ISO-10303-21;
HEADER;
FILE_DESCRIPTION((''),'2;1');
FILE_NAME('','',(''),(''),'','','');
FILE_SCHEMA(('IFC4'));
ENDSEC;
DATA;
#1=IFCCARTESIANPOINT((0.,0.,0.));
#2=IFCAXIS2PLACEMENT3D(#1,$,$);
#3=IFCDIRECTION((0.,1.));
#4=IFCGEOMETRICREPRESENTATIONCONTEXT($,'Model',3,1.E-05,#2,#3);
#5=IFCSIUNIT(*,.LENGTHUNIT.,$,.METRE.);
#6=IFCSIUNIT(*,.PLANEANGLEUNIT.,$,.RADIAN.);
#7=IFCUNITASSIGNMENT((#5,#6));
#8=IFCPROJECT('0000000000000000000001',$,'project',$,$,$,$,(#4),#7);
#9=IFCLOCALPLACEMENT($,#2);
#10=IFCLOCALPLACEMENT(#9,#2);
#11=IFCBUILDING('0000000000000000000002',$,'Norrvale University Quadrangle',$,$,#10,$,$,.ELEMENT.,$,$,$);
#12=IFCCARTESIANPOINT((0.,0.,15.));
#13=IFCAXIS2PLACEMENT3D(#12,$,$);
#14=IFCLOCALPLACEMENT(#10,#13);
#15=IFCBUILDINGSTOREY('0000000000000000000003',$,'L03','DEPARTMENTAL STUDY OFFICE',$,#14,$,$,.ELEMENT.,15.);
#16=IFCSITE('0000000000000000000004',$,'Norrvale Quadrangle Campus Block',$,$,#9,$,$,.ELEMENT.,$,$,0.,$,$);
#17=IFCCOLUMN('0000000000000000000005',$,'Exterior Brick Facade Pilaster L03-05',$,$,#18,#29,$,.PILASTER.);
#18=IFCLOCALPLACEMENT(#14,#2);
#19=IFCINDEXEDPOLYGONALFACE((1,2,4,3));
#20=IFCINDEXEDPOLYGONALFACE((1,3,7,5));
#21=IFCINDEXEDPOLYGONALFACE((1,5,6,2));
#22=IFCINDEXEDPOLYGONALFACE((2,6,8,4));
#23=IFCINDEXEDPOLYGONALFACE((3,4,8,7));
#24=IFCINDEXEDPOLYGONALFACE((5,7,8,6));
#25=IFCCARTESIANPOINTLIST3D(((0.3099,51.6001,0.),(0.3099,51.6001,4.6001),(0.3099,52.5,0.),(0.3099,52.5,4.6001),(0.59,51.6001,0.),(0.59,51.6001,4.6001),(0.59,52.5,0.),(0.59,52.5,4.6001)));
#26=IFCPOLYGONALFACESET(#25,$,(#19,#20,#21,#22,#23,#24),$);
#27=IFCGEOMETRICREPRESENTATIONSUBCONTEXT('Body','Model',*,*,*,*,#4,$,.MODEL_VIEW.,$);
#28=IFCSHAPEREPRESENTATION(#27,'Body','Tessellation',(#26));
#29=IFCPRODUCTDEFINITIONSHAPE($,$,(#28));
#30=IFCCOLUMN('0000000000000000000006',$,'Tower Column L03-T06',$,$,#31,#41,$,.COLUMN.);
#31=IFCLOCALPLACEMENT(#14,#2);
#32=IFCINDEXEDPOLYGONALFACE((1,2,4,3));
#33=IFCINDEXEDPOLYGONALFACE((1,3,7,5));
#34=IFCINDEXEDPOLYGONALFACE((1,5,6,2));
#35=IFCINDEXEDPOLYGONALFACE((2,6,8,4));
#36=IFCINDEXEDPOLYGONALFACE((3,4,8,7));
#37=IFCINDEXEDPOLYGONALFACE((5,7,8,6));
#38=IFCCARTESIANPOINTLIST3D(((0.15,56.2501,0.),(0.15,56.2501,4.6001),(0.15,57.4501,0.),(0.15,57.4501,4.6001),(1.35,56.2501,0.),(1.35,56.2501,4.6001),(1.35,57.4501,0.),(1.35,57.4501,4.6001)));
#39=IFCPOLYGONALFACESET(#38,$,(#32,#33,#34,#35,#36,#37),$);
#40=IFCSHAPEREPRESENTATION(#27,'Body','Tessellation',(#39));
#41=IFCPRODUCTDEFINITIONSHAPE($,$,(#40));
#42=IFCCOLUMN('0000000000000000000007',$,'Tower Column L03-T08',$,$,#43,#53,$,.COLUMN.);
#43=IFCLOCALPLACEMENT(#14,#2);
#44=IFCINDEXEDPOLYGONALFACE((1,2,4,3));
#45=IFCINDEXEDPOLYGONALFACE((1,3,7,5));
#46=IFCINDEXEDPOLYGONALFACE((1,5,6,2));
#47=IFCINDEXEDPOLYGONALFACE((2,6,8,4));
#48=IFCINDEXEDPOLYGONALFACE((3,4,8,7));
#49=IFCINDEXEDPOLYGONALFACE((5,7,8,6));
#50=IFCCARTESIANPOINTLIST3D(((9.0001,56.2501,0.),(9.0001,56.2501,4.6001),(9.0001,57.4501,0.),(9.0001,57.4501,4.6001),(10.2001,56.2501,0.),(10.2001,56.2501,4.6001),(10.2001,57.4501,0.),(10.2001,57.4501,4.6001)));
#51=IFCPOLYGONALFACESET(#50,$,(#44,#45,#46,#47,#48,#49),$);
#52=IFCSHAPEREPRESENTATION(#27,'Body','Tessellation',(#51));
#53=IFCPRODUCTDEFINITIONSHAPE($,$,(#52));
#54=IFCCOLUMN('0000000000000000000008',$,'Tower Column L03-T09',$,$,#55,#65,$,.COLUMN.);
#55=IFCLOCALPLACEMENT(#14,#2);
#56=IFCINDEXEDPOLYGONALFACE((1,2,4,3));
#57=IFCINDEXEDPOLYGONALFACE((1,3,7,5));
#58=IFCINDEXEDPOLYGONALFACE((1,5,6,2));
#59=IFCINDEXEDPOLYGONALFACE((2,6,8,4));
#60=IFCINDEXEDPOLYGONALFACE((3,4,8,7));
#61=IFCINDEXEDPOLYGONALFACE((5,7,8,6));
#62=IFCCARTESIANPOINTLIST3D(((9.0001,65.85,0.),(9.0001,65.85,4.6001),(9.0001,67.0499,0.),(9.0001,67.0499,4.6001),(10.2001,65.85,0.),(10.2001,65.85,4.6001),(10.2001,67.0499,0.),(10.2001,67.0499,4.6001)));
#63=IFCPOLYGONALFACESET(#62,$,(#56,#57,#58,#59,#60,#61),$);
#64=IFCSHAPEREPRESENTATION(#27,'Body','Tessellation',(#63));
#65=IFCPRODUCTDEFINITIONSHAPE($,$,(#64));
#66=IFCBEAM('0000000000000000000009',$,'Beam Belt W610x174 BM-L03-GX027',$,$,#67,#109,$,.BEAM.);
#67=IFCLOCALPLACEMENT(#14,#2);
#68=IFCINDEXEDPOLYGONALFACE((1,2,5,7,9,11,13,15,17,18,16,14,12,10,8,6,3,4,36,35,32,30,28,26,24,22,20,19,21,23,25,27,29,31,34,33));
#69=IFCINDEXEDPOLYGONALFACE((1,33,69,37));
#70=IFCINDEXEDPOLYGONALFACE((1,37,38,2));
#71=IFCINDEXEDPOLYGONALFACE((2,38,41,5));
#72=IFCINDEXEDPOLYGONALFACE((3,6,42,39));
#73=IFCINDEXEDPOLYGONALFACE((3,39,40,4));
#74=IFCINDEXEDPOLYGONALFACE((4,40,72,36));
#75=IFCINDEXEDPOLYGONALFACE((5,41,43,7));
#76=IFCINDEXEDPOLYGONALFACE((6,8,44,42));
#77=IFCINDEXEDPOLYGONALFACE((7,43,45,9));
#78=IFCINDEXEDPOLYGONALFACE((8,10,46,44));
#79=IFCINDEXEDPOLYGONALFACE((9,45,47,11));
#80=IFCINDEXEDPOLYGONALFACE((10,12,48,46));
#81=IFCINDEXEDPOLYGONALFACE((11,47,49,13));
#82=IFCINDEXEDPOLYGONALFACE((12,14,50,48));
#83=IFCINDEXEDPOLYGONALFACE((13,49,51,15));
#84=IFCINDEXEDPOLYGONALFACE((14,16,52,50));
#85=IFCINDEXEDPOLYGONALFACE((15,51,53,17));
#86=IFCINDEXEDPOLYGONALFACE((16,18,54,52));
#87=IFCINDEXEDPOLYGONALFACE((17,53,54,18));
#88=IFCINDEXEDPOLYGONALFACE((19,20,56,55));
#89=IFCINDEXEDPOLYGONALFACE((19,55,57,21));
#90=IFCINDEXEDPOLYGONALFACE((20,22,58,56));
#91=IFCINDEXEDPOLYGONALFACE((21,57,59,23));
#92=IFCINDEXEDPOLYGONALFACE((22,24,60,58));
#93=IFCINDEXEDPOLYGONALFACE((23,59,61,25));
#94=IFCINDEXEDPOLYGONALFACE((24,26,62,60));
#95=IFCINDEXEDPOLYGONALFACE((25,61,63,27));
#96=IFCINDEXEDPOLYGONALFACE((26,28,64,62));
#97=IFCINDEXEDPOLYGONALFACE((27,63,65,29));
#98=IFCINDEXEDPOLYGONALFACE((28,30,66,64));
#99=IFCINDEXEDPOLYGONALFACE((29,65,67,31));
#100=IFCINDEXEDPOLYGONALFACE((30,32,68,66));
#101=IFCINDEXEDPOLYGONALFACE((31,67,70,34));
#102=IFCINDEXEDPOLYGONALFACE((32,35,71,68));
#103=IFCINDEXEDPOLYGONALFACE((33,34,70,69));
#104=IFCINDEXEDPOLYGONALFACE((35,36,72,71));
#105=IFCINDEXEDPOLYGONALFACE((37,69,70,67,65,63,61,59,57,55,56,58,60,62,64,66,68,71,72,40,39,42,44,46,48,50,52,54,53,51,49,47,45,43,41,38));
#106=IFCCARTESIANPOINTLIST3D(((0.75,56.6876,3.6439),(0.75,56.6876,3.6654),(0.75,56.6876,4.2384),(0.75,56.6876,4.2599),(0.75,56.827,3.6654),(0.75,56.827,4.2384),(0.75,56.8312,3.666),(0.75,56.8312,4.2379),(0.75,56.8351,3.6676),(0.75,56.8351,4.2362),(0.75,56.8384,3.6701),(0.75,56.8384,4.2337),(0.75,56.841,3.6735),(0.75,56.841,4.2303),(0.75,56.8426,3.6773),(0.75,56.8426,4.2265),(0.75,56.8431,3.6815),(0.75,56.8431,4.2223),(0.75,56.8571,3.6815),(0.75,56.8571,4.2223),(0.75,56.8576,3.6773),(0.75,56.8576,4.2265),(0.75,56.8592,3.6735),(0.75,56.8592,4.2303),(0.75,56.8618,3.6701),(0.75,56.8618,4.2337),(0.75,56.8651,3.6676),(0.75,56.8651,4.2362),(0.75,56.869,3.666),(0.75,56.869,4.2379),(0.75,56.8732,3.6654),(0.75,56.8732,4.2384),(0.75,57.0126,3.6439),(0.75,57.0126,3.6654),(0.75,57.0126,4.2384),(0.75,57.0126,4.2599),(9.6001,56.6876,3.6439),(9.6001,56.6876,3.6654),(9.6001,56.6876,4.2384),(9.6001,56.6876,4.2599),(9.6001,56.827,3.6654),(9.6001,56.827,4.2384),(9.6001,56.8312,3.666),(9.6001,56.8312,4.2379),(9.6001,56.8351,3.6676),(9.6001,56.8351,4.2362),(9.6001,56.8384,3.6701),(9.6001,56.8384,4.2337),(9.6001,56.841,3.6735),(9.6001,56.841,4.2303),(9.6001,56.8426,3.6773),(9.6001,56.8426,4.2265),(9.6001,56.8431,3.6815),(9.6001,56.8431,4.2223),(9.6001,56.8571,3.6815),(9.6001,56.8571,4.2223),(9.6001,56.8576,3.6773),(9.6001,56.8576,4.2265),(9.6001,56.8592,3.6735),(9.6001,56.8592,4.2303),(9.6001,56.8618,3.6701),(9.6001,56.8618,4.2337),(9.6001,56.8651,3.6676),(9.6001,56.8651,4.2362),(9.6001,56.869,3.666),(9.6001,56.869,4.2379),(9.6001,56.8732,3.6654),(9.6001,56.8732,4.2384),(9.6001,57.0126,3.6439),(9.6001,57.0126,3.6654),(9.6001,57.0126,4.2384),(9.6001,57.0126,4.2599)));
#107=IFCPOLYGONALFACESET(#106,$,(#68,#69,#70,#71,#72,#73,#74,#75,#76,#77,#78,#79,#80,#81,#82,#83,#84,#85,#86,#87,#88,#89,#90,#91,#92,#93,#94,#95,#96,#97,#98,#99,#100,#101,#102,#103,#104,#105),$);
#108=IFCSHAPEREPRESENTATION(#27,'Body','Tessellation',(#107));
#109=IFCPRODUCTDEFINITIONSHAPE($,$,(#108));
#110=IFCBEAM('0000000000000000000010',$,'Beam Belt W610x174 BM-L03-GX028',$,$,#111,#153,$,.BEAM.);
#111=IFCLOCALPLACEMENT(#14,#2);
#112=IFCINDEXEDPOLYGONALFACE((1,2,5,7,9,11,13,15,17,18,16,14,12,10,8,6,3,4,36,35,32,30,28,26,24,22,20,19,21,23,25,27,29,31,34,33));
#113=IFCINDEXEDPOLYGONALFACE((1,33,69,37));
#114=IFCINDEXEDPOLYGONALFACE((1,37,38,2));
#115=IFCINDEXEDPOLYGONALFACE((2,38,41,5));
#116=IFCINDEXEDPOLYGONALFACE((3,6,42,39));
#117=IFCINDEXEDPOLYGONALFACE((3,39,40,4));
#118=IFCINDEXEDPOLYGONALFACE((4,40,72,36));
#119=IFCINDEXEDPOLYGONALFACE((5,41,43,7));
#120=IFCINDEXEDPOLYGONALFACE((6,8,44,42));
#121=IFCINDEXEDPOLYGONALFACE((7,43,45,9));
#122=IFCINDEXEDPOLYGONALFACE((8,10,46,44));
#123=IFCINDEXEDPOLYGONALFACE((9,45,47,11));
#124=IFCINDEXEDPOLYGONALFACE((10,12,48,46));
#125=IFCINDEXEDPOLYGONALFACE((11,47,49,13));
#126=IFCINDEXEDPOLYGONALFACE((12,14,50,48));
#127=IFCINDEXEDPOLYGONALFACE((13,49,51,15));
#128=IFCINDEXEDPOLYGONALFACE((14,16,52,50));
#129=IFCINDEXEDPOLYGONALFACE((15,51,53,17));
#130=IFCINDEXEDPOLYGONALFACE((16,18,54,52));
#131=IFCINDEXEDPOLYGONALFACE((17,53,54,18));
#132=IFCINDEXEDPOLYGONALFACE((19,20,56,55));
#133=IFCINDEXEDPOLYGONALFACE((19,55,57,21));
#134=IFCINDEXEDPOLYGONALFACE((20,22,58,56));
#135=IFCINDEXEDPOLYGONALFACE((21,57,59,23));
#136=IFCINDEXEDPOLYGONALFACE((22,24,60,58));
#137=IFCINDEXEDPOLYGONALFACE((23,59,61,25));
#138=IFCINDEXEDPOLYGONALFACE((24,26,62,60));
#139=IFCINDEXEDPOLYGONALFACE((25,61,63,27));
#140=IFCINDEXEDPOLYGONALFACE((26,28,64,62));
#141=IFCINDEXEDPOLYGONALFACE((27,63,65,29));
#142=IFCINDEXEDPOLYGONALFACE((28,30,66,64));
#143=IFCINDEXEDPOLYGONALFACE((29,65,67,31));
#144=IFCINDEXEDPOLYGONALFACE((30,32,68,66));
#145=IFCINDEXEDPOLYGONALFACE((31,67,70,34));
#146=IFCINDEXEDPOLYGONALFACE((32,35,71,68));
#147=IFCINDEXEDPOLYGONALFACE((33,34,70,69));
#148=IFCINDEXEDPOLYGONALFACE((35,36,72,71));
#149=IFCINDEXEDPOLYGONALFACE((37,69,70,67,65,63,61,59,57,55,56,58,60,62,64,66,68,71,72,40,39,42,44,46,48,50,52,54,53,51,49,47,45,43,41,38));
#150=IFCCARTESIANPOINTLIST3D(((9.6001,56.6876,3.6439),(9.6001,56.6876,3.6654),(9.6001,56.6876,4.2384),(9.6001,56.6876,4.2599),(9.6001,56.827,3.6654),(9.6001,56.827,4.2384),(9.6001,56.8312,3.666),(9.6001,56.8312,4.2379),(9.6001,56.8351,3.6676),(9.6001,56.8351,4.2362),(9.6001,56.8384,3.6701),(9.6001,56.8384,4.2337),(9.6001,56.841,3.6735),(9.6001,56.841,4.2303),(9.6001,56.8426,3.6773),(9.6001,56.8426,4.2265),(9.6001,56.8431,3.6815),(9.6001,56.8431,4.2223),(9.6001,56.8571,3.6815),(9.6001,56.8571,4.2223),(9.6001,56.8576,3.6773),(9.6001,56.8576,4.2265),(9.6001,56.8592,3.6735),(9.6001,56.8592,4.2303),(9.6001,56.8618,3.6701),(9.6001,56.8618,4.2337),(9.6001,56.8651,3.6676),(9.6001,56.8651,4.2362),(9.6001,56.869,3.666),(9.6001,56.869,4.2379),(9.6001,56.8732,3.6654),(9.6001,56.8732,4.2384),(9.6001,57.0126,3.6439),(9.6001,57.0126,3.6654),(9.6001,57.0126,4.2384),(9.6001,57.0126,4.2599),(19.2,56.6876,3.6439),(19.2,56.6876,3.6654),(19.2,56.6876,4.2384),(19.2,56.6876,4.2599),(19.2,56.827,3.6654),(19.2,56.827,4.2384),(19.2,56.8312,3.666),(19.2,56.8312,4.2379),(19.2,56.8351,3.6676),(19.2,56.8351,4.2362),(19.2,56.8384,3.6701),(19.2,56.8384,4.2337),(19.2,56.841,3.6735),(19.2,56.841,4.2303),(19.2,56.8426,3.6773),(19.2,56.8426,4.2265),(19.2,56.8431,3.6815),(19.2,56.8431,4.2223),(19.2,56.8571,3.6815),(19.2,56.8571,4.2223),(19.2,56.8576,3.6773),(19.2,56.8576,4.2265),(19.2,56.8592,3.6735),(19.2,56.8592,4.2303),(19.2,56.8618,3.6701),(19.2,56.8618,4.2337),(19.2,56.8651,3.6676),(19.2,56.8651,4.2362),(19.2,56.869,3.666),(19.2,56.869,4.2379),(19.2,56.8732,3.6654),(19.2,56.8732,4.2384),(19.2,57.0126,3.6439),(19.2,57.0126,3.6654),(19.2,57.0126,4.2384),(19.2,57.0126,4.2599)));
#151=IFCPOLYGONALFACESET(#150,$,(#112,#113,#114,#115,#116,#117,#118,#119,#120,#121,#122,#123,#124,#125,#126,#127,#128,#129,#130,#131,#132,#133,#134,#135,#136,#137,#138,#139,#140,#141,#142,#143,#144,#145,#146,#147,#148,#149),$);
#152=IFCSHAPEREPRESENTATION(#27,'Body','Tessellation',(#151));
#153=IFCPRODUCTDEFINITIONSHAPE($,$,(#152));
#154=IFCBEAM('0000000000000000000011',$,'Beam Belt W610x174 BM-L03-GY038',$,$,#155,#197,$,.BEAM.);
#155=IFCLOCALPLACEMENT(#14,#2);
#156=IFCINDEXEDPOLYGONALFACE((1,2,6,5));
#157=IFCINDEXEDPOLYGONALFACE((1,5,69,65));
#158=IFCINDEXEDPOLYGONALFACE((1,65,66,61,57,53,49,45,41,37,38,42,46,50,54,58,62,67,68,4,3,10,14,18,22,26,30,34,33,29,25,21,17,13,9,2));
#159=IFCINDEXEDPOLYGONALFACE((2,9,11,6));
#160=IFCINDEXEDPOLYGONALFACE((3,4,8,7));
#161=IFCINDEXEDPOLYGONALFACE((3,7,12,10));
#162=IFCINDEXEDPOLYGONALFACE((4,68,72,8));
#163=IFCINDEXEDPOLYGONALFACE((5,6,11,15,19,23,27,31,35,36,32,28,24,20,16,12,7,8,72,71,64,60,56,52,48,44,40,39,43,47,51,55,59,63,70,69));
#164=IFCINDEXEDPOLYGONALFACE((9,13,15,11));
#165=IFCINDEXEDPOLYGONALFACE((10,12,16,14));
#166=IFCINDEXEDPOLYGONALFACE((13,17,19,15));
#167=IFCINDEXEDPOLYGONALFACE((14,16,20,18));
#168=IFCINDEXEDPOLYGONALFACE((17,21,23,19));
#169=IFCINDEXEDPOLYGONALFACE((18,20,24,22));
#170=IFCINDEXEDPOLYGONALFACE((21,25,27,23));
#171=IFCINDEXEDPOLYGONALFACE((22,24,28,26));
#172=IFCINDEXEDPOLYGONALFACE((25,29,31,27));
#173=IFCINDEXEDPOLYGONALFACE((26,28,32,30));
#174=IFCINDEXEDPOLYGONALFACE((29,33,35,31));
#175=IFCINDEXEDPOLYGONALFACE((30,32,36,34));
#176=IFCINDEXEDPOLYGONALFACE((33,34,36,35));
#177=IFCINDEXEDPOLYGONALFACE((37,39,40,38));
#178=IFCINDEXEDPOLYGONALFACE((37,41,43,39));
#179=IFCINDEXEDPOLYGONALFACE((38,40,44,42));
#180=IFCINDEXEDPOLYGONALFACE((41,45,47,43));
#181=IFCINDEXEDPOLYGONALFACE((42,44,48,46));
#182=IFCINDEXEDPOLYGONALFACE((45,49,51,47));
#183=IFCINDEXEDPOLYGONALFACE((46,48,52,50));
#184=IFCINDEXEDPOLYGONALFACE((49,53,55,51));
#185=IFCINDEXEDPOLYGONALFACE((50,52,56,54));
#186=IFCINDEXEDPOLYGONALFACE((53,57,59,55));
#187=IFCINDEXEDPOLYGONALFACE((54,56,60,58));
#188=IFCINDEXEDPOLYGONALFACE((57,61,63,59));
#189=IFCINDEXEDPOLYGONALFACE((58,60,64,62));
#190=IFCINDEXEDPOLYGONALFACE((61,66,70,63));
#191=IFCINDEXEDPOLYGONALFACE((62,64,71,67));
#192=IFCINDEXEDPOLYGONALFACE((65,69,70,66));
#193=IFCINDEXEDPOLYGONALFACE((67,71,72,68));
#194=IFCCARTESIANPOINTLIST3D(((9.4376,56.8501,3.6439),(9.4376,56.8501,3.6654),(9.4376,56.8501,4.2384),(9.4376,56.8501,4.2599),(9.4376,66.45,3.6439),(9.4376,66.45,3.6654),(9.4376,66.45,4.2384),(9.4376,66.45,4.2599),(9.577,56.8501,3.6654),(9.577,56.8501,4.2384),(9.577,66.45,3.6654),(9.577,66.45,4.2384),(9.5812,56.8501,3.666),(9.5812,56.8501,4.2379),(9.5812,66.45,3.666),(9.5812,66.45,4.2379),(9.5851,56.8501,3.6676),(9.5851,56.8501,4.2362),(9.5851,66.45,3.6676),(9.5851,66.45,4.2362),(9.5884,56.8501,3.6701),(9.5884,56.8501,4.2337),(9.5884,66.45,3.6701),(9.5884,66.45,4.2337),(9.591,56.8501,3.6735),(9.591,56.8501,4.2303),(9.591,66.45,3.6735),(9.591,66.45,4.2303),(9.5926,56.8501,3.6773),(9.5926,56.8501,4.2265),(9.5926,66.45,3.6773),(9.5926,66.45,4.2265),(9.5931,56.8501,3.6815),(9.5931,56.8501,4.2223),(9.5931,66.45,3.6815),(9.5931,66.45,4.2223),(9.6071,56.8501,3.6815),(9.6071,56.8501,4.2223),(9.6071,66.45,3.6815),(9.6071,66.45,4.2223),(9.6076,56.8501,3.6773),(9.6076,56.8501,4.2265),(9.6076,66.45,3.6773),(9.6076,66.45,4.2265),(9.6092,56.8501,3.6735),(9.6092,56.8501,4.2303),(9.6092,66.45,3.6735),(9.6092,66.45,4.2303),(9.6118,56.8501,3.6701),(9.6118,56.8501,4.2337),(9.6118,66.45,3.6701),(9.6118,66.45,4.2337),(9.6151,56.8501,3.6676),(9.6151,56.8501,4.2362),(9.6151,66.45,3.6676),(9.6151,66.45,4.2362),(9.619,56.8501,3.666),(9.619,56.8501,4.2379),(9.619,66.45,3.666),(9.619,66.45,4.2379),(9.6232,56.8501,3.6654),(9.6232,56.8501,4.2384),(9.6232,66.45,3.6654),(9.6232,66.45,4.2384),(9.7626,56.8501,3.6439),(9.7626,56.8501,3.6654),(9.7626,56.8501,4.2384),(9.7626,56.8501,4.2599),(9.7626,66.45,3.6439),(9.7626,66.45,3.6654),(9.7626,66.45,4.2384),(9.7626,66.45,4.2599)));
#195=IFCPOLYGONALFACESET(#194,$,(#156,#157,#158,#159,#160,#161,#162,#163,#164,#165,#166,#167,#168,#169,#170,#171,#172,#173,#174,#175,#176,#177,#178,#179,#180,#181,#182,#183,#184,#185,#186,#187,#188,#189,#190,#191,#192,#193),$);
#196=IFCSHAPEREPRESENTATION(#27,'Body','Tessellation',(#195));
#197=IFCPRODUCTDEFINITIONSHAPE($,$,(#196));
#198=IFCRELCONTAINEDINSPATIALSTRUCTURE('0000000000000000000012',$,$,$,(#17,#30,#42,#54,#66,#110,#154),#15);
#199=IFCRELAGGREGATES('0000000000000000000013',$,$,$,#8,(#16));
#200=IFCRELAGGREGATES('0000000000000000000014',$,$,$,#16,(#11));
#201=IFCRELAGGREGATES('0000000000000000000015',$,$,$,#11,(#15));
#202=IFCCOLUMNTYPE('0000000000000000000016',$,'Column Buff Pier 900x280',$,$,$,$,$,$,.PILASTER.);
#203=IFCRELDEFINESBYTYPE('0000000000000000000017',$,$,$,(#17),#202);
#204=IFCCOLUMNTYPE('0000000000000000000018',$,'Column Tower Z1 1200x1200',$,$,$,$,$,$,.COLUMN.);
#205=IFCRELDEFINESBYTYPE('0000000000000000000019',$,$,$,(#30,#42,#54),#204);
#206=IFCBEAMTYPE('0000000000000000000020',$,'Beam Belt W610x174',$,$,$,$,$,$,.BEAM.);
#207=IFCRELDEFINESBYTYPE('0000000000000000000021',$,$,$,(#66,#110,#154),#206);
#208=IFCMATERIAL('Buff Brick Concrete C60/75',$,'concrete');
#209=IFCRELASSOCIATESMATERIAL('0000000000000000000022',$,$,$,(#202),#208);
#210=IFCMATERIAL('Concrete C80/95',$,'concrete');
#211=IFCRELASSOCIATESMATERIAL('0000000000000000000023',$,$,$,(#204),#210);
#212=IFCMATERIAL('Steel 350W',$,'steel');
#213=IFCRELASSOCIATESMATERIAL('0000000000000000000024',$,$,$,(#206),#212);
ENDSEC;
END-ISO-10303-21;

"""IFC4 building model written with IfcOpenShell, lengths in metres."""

from ifc_helpers import new_model, si_unit, direction, frame, origin, origin_2d, place, context, subcontext, project, spatial, rectangle, i_section, extrude, material, material_profile, profile_set, type_object, element, save


model = new_model("IFC4")

# Units and contexts
model_context = context("Model", 3, precision=1e-05, world=origin(), true_north=direction((0.0, 1.0)))
body_context = subcontext(model_context, "Body", "Model", "MODEL_VIEW")
ifc_project = project(units=[si_unit("LENGTHUNIT", "METRE"), si_unit("PLANEANGLEUNIT", "RADIAN")], contexts=[model_context])

# Site, building, storey
site_placement = place(None, origin())
site = spatial("IfcSite", under=ifc_project, at=site_placement, Name="Norrvale Quadrangle Campus Block", CompositionType="ELEMENT", RefElevation=0.0)
building_placement = place(site_placement, origin())
building = spatial("IfcBuilding", under=site, at=building_placement, Name="Norrvale University Quadrangle", CompositionType="ELEMENT")
storey_placement = place(building_placement, frame((0.0, 0.0, 15.0)))
storey = spatial("IfcBuildingStorey", under=building, at=storey_placement, Name="L03", Description="DEPARTMENTAL STUDY OFFICE", CompositionType="ELEMENT", Elevation=15.0)

# Columns
ifc_material_1 = material(Name="Buff Brick Concrete C60/75", Category="concrete")
ifc_material_profile_1 = material_profile(ifc_material_1, rectangle(XDim=0.8999, YDim=0.28, at=origin_2d()), Name="Buff Brick Concrete C60/75")
ifc_profile_set_1 = profile_set([ifc_material_profile_1], Name="Buff Brick Concrete C60/75")
column_type_1 = type_object("IfcColumnType", Name="Column Buff Pier 900x280", PredefinedType="PILASTER", material=ifc_profile_set_1)
column_placement = place(storey_placement, frame((0.45, 52.05, 0.0), z_axis=(0.0, 0.0, 1.0), x_axis=(0.0, 1.0, 0.0)))
element("IfcColumn", 1, at=column_placement, inside=storey, type_object=column_type_1, Name="Exterior Brick Facade Pilaster L03-05", PredefinedType="PILASTER", context=body_context, shape_type="SweptSolid", body=[
    extrude(rectangle(XDim=0.8999, YDim=0.28, at=origin_2d()), origin(), (0.0, 0.0, 1.0), 4.6001),
])
ifc_material_2 = material(Name="Concrete C80/95", Category="concrete")
ifc_material_profile_2 = material_profile(ifc_material_2, rectangle(XDim=1.2, YDim=1.2, at=origin_2d()), Name="Concrete C80/95")
ifc_profile_set_2 = profile_set([ifc_material_profile_2], Name="Concrete C80/95")
column_type_2 = type_object("IfcColumnType", Name="Column Tower Z1 1200x1200", PredefinedType="COLUMN", material=ifc_profile_set_2)
for number, where, z_axis, x_axis, name in (
    (2, (0.75, 56.8501, 0.0), (0.0, 0.0, 1.0), (1.0, 0.0, 0.0), "Tower Column L03-T06"),
    (3, (9.6001, 56.8501, 0.0), (0.0, 0.0, 1.0), (1.0, 0.0, 0.0), "Tower Column L03-T08"),
    (4, (9.6001, 66.45, 0.0), (0.0, 0.0, 1.0), (1.0, 0.0, 0.0), "Tower Column L03-T09"),
):
    element("IfcColumn", number, at=place(storey_placement, frame(where, z_axis=z_axis, x_axis=x_axis)), inside=storey, type_object=column_type_2, Name=name, PredefinedType="COLUMN", context=body_context, shape_type="SweptSolid", body=[
        extrude(rectangle(XDim=1.2, YDim=1.2, at=origin_2d()), origin(), (0.0, 0.0, 1.0), 4.6001),
    ])

# Beams
ifc_material_3 = material(Name="Steel 350W", Category="steel")
ifc_material_profile_3 = material_profile(ifc_material_3, i_section(OverallWidth=0.325, OverallDepth=0.616, WebThickness=0.0139, FlangeThickness=0.0215, FilletRadius=0.0161, at=origin_2d()), Name="Steel 350W")
ifc_profile_set_3 = profile_set([ifc_material_profile_3], Name="Steel 350W")
beam_type_1 = type_object("IfcBeamType", Name="Beam Belt W610x174", PredefinedType="BEAM", material=ifc_profile_set_3)
beam_1_placement = place(storey_placement, frame((0.75, 56.8501, 3.9519), z_axis=(1.0, 0.0, 0.0), x_axis=(0.0, 1.0, 0.0)))
element("IfcBeam", 5, at=beam_1_placement, inside=storey, type_object=beam_type_1, Name="Beam Belt W610x174 BM-L03-GX027", PredefinedType="BEAM", context=body_context, shape_type="SweptSolid", body=[
    extrude(i_section(OverallWidth=0.325, OverallDepth=0.616, WebThickness=0.0139, FlangeThickness=0.0215, FilletRadius=0.0161, at=origin_2d()), origin(), (0.0, 0.0, 1.0), 8.8501),
])
for number, where, z_axis, x_axis, name in (
    (6, (9.6001, 56.8501, 3.9519), (1.0, 0.0, 0.0), (0.0, 1.0, 0.0), "Beam Belt W610x174 BM-L03-GX028"),
    (7, (9.6001, 56.8501, 3.9519), (0.0, 1.0, 0.0), (-1.0, 0.0, 0.0), "Beam Belt W610x174 BM-L03-GY038"),
):
    element("IfcBeam", number, at=place(storey_placement, frame(where, z_axis=z_axis, x_axis=x_axis)), inside=storey, type_object=beam_type_1, Name=name, PredefinedType="BEAM", context=body_context, shape_type="SweptSolid", body=[
        extrude(i_section(OverallWidth=0.325, OverallDepth=0.616, WebThickness=0.0139, FlangeThickness=0.0215, FilletRadius=0.0161, at=origin_2d()), origin(), (0.0, 0.0, 1.0), 9.5999),
    ])

save(model, "model.ifc")
